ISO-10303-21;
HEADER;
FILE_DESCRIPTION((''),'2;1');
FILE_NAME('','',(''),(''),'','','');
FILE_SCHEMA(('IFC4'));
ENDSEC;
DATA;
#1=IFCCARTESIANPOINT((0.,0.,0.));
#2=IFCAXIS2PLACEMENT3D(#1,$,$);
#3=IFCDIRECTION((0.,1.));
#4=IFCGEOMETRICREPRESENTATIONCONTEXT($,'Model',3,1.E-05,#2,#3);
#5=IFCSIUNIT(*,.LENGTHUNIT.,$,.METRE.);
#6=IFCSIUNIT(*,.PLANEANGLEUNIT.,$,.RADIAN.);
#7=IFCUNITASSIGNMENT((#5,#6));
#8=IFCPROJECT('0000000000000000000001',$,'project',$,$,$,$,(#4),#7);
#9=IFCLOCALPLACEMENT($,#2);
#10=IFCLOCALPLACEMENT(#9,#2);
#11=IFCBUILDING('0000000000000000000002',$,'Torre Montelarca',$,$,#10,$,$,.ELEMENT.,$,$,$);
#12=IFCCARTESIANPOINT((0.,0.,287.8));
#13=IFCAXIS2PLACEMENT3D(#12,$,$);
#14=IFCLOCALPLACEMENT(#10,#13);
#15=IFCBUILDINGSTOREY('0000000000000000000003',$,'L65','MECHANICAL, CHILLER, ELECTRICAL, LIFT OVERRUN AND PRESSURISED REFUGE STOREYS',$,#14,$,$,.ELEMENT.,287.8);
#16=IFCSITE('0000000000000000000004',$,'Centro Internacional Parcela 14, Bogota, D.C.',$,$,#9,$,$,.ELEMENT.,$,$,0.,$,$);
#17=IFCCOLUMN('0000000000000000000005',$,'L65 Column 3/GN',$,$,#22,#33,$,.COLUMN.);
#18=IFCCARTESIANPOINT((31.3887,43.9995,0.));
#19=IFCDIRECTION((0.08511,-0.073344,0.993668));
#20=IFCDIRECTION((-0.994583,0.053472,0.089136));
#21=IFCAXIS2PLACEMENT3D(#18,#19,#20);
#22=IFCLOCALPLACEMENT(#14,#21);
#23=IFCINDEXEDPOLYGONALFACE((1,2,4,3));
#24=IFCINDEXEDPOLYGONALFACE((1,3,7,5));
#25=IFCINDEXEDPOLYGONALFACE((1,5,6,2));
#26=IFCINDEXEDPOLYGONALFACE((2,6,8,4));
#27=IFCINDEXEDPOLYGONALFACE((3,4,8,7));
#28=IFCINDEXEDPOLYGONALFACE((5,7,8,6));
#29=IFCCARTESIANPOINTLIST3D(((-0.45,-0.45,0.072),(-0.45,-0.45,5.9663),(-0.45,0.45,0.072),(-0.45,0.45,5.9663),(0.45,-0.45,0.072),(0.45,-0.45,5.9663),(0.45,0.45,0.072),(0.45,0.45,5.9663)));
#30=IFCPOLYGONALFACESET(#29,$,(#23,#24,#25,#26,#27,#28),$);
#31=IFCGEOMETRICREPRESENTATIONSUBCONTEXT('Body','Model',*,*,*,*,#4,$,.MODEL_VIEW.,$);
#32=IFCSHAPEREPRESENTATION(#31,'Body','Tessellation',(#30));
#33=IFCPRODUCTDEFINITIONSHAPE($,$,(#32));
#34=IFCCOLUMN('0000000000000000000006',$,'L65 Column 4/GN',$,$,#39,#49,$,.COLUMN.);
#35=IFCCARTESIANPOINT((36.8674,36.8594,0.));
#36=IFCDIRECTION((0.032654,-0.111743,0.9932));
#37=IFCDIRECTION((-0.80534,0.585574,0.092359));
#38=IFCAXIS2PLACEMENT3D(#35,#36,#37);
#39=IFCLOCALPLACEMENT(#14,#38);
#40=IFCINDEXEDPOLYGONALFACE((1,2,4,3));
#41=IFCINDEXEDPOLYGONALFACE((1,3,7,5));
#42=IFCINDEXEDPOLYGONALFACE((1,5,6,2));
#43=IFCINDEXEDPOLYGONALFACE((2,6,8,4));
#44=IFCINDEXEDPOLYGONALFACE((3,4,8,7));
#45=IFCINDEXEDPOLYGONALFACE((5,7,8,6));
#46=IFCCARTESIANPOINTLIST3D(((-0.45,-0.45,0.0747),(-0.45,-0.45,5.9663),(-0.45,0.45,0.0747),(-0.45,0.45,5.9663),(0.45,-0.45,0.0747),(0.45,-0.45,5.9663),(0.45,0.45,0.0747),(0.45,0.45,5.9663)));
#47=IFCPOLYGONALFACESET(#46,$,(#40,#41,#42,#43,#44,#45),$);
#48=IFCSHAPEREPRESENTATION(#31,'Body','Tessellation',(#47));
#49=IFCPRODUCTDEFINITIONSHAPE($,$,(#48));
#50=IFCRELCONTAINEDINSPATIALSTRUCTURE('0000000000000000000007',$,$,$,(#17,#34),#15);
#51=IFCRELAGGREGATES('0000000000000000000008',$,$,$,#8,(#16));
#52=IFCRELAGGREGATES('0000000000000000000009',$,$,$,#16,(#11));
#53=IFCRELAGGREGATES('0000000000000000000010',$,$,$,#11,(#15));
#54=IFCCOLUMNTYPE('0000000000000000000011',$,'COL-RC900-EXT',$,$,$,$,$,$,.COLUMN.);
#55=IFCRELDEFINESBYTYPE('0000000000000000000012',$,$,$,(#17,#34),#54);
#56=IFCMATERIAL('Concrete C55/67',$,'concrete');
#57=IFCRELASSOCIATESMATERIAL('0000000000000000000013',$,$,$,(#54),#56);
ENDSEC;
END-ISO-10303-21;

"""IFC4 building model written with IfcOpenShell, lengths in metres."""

from ifc_helpers import new_model, si_unit, direction, frame, origin, origin_2d, place, context, subcontext, project, spatial, rectangle, extrude, clip, halfspace, material, material_profile, profile_set, type_object, element, save


model = new_model("IFC4")

# Units and contexts
model_context = context("Model", 3, precision=1e-05, world=origin(), true_north=direction((0.0, 1.0)))
body_context = subcontext(model_context, "Body", "Model", "MODEL_VIEW")
ifc_project = project(units=[si_unit("LENGTHUNIT", "METRE"), si_unit("PLANEANGLEUNIT", "RADIAN")], contexts=[model_context])

# Site, building, storey
site_placement = place(None, origin())
site = spatial("IfcSite", under=ifc_project, at=site_placement, Name="Centro Internacional Parcela 14, Bogota, D.C.", CompositionType="ELEMENT", RefElevation=0.0)
building_placement = place(site_placement, origin())
building = spatial("IfcBuilding", under=site, at=building_placement, Name="Torre Montelarca", CompositionType="ELEMENT")
storey_placement = place(building_placement, frame((0.0, 0.0, 287.8)))
storey = spatial("IfcBuildingStorey", under=building, at=storey_placement, Name="L65", Description="MECHANICAL, CHILLER, ELECTRICAL, LIFT OVERRUN AND PRESSURISED REFUGE STOREYS", CompositionType="ELEMENT", Elevation=287.8)

# Columns
ifc_material_1 = material(Name="Concrete C55/67", Category="concrete")
ifc_material_profile_1 = material_profile(ifc_material_1, rectangle(XDim=0.8999, YDim=0.8999, at=origin_2d()), Name="RC900X900", Category="concrete")
ifc_profile_set_1 = profile_set([ifc_material_profile_1], Name="Concrete C55/67")
column_type = type_object("IfcColumnType", Name="COL-RC900-EXT", PredefinedType="COLUMN", material=ifc_profile_set_1)
column_1_placement = place(storey_placement, frame((31.3887, 43.9995, 0.0), z_axis=(0.08511, -0.073344, 0.993668), x_axis=(-0.994583, 0.053472, 0.089136)))
element("IfcColumn", 1, at=column_1_placement, inside=storey, type_object=column_type, Name="L65 Column 3/GN", PredefinedType="COLUMN", context=body_context, shape_type="Clipping", body=[
    clip(clip(extrude(rectangle(XDim=0.8999, YDim=0.8999, at=origin_2d()), origin(), (0.0, 0.0, 1.0), 6.0383), halfspace(frame((0.0, 0.0, 0.072), z_axis=(0.0, 0.0, -1.0), x_axis=(1.0, 0.0, 0.0)), False)), halfspace(frame((0.0, 0.0, 5.9663), z_axis=(0.0, 0.0, 1.0), x_axis=(1.0, 0.0, 0.0)), False)),
])
column_2_placement = place(storey_placement, frame((36.8674, 36.8594, 0.0), z_axis=(0.032654, -0.111743, 0.9932), x_axis=(-0.80534, 0.585574, 0.092359)))
element("IfcColumn", 2, at=column_2_placement, inside=storey, type_object=column_type, Name="L65 Column 4/GN", PredefinedType="COLUMN", context=body_context, shape_type="Clipping", body=[
    clip(clip(extrude(rectangle(XDim=0.8999, YDim=0.8999, at=origin_2d()), origin(), (0.0, 0.0, 1.0), 6.041), halfspace(frame((0.0, 0.0, 0.0747), z_axis=(0.0, 0.0, -1.0), x_axis=(1.0, 0.0, 0.0)), False)), halfspace(frame((0.0, 0.0, 5.9663), z_axis=(0.0, 0.0, 1.0), x_axis=(1.0, 0.0, 0.0)), False)),
])

save(model, "model.ifc")
